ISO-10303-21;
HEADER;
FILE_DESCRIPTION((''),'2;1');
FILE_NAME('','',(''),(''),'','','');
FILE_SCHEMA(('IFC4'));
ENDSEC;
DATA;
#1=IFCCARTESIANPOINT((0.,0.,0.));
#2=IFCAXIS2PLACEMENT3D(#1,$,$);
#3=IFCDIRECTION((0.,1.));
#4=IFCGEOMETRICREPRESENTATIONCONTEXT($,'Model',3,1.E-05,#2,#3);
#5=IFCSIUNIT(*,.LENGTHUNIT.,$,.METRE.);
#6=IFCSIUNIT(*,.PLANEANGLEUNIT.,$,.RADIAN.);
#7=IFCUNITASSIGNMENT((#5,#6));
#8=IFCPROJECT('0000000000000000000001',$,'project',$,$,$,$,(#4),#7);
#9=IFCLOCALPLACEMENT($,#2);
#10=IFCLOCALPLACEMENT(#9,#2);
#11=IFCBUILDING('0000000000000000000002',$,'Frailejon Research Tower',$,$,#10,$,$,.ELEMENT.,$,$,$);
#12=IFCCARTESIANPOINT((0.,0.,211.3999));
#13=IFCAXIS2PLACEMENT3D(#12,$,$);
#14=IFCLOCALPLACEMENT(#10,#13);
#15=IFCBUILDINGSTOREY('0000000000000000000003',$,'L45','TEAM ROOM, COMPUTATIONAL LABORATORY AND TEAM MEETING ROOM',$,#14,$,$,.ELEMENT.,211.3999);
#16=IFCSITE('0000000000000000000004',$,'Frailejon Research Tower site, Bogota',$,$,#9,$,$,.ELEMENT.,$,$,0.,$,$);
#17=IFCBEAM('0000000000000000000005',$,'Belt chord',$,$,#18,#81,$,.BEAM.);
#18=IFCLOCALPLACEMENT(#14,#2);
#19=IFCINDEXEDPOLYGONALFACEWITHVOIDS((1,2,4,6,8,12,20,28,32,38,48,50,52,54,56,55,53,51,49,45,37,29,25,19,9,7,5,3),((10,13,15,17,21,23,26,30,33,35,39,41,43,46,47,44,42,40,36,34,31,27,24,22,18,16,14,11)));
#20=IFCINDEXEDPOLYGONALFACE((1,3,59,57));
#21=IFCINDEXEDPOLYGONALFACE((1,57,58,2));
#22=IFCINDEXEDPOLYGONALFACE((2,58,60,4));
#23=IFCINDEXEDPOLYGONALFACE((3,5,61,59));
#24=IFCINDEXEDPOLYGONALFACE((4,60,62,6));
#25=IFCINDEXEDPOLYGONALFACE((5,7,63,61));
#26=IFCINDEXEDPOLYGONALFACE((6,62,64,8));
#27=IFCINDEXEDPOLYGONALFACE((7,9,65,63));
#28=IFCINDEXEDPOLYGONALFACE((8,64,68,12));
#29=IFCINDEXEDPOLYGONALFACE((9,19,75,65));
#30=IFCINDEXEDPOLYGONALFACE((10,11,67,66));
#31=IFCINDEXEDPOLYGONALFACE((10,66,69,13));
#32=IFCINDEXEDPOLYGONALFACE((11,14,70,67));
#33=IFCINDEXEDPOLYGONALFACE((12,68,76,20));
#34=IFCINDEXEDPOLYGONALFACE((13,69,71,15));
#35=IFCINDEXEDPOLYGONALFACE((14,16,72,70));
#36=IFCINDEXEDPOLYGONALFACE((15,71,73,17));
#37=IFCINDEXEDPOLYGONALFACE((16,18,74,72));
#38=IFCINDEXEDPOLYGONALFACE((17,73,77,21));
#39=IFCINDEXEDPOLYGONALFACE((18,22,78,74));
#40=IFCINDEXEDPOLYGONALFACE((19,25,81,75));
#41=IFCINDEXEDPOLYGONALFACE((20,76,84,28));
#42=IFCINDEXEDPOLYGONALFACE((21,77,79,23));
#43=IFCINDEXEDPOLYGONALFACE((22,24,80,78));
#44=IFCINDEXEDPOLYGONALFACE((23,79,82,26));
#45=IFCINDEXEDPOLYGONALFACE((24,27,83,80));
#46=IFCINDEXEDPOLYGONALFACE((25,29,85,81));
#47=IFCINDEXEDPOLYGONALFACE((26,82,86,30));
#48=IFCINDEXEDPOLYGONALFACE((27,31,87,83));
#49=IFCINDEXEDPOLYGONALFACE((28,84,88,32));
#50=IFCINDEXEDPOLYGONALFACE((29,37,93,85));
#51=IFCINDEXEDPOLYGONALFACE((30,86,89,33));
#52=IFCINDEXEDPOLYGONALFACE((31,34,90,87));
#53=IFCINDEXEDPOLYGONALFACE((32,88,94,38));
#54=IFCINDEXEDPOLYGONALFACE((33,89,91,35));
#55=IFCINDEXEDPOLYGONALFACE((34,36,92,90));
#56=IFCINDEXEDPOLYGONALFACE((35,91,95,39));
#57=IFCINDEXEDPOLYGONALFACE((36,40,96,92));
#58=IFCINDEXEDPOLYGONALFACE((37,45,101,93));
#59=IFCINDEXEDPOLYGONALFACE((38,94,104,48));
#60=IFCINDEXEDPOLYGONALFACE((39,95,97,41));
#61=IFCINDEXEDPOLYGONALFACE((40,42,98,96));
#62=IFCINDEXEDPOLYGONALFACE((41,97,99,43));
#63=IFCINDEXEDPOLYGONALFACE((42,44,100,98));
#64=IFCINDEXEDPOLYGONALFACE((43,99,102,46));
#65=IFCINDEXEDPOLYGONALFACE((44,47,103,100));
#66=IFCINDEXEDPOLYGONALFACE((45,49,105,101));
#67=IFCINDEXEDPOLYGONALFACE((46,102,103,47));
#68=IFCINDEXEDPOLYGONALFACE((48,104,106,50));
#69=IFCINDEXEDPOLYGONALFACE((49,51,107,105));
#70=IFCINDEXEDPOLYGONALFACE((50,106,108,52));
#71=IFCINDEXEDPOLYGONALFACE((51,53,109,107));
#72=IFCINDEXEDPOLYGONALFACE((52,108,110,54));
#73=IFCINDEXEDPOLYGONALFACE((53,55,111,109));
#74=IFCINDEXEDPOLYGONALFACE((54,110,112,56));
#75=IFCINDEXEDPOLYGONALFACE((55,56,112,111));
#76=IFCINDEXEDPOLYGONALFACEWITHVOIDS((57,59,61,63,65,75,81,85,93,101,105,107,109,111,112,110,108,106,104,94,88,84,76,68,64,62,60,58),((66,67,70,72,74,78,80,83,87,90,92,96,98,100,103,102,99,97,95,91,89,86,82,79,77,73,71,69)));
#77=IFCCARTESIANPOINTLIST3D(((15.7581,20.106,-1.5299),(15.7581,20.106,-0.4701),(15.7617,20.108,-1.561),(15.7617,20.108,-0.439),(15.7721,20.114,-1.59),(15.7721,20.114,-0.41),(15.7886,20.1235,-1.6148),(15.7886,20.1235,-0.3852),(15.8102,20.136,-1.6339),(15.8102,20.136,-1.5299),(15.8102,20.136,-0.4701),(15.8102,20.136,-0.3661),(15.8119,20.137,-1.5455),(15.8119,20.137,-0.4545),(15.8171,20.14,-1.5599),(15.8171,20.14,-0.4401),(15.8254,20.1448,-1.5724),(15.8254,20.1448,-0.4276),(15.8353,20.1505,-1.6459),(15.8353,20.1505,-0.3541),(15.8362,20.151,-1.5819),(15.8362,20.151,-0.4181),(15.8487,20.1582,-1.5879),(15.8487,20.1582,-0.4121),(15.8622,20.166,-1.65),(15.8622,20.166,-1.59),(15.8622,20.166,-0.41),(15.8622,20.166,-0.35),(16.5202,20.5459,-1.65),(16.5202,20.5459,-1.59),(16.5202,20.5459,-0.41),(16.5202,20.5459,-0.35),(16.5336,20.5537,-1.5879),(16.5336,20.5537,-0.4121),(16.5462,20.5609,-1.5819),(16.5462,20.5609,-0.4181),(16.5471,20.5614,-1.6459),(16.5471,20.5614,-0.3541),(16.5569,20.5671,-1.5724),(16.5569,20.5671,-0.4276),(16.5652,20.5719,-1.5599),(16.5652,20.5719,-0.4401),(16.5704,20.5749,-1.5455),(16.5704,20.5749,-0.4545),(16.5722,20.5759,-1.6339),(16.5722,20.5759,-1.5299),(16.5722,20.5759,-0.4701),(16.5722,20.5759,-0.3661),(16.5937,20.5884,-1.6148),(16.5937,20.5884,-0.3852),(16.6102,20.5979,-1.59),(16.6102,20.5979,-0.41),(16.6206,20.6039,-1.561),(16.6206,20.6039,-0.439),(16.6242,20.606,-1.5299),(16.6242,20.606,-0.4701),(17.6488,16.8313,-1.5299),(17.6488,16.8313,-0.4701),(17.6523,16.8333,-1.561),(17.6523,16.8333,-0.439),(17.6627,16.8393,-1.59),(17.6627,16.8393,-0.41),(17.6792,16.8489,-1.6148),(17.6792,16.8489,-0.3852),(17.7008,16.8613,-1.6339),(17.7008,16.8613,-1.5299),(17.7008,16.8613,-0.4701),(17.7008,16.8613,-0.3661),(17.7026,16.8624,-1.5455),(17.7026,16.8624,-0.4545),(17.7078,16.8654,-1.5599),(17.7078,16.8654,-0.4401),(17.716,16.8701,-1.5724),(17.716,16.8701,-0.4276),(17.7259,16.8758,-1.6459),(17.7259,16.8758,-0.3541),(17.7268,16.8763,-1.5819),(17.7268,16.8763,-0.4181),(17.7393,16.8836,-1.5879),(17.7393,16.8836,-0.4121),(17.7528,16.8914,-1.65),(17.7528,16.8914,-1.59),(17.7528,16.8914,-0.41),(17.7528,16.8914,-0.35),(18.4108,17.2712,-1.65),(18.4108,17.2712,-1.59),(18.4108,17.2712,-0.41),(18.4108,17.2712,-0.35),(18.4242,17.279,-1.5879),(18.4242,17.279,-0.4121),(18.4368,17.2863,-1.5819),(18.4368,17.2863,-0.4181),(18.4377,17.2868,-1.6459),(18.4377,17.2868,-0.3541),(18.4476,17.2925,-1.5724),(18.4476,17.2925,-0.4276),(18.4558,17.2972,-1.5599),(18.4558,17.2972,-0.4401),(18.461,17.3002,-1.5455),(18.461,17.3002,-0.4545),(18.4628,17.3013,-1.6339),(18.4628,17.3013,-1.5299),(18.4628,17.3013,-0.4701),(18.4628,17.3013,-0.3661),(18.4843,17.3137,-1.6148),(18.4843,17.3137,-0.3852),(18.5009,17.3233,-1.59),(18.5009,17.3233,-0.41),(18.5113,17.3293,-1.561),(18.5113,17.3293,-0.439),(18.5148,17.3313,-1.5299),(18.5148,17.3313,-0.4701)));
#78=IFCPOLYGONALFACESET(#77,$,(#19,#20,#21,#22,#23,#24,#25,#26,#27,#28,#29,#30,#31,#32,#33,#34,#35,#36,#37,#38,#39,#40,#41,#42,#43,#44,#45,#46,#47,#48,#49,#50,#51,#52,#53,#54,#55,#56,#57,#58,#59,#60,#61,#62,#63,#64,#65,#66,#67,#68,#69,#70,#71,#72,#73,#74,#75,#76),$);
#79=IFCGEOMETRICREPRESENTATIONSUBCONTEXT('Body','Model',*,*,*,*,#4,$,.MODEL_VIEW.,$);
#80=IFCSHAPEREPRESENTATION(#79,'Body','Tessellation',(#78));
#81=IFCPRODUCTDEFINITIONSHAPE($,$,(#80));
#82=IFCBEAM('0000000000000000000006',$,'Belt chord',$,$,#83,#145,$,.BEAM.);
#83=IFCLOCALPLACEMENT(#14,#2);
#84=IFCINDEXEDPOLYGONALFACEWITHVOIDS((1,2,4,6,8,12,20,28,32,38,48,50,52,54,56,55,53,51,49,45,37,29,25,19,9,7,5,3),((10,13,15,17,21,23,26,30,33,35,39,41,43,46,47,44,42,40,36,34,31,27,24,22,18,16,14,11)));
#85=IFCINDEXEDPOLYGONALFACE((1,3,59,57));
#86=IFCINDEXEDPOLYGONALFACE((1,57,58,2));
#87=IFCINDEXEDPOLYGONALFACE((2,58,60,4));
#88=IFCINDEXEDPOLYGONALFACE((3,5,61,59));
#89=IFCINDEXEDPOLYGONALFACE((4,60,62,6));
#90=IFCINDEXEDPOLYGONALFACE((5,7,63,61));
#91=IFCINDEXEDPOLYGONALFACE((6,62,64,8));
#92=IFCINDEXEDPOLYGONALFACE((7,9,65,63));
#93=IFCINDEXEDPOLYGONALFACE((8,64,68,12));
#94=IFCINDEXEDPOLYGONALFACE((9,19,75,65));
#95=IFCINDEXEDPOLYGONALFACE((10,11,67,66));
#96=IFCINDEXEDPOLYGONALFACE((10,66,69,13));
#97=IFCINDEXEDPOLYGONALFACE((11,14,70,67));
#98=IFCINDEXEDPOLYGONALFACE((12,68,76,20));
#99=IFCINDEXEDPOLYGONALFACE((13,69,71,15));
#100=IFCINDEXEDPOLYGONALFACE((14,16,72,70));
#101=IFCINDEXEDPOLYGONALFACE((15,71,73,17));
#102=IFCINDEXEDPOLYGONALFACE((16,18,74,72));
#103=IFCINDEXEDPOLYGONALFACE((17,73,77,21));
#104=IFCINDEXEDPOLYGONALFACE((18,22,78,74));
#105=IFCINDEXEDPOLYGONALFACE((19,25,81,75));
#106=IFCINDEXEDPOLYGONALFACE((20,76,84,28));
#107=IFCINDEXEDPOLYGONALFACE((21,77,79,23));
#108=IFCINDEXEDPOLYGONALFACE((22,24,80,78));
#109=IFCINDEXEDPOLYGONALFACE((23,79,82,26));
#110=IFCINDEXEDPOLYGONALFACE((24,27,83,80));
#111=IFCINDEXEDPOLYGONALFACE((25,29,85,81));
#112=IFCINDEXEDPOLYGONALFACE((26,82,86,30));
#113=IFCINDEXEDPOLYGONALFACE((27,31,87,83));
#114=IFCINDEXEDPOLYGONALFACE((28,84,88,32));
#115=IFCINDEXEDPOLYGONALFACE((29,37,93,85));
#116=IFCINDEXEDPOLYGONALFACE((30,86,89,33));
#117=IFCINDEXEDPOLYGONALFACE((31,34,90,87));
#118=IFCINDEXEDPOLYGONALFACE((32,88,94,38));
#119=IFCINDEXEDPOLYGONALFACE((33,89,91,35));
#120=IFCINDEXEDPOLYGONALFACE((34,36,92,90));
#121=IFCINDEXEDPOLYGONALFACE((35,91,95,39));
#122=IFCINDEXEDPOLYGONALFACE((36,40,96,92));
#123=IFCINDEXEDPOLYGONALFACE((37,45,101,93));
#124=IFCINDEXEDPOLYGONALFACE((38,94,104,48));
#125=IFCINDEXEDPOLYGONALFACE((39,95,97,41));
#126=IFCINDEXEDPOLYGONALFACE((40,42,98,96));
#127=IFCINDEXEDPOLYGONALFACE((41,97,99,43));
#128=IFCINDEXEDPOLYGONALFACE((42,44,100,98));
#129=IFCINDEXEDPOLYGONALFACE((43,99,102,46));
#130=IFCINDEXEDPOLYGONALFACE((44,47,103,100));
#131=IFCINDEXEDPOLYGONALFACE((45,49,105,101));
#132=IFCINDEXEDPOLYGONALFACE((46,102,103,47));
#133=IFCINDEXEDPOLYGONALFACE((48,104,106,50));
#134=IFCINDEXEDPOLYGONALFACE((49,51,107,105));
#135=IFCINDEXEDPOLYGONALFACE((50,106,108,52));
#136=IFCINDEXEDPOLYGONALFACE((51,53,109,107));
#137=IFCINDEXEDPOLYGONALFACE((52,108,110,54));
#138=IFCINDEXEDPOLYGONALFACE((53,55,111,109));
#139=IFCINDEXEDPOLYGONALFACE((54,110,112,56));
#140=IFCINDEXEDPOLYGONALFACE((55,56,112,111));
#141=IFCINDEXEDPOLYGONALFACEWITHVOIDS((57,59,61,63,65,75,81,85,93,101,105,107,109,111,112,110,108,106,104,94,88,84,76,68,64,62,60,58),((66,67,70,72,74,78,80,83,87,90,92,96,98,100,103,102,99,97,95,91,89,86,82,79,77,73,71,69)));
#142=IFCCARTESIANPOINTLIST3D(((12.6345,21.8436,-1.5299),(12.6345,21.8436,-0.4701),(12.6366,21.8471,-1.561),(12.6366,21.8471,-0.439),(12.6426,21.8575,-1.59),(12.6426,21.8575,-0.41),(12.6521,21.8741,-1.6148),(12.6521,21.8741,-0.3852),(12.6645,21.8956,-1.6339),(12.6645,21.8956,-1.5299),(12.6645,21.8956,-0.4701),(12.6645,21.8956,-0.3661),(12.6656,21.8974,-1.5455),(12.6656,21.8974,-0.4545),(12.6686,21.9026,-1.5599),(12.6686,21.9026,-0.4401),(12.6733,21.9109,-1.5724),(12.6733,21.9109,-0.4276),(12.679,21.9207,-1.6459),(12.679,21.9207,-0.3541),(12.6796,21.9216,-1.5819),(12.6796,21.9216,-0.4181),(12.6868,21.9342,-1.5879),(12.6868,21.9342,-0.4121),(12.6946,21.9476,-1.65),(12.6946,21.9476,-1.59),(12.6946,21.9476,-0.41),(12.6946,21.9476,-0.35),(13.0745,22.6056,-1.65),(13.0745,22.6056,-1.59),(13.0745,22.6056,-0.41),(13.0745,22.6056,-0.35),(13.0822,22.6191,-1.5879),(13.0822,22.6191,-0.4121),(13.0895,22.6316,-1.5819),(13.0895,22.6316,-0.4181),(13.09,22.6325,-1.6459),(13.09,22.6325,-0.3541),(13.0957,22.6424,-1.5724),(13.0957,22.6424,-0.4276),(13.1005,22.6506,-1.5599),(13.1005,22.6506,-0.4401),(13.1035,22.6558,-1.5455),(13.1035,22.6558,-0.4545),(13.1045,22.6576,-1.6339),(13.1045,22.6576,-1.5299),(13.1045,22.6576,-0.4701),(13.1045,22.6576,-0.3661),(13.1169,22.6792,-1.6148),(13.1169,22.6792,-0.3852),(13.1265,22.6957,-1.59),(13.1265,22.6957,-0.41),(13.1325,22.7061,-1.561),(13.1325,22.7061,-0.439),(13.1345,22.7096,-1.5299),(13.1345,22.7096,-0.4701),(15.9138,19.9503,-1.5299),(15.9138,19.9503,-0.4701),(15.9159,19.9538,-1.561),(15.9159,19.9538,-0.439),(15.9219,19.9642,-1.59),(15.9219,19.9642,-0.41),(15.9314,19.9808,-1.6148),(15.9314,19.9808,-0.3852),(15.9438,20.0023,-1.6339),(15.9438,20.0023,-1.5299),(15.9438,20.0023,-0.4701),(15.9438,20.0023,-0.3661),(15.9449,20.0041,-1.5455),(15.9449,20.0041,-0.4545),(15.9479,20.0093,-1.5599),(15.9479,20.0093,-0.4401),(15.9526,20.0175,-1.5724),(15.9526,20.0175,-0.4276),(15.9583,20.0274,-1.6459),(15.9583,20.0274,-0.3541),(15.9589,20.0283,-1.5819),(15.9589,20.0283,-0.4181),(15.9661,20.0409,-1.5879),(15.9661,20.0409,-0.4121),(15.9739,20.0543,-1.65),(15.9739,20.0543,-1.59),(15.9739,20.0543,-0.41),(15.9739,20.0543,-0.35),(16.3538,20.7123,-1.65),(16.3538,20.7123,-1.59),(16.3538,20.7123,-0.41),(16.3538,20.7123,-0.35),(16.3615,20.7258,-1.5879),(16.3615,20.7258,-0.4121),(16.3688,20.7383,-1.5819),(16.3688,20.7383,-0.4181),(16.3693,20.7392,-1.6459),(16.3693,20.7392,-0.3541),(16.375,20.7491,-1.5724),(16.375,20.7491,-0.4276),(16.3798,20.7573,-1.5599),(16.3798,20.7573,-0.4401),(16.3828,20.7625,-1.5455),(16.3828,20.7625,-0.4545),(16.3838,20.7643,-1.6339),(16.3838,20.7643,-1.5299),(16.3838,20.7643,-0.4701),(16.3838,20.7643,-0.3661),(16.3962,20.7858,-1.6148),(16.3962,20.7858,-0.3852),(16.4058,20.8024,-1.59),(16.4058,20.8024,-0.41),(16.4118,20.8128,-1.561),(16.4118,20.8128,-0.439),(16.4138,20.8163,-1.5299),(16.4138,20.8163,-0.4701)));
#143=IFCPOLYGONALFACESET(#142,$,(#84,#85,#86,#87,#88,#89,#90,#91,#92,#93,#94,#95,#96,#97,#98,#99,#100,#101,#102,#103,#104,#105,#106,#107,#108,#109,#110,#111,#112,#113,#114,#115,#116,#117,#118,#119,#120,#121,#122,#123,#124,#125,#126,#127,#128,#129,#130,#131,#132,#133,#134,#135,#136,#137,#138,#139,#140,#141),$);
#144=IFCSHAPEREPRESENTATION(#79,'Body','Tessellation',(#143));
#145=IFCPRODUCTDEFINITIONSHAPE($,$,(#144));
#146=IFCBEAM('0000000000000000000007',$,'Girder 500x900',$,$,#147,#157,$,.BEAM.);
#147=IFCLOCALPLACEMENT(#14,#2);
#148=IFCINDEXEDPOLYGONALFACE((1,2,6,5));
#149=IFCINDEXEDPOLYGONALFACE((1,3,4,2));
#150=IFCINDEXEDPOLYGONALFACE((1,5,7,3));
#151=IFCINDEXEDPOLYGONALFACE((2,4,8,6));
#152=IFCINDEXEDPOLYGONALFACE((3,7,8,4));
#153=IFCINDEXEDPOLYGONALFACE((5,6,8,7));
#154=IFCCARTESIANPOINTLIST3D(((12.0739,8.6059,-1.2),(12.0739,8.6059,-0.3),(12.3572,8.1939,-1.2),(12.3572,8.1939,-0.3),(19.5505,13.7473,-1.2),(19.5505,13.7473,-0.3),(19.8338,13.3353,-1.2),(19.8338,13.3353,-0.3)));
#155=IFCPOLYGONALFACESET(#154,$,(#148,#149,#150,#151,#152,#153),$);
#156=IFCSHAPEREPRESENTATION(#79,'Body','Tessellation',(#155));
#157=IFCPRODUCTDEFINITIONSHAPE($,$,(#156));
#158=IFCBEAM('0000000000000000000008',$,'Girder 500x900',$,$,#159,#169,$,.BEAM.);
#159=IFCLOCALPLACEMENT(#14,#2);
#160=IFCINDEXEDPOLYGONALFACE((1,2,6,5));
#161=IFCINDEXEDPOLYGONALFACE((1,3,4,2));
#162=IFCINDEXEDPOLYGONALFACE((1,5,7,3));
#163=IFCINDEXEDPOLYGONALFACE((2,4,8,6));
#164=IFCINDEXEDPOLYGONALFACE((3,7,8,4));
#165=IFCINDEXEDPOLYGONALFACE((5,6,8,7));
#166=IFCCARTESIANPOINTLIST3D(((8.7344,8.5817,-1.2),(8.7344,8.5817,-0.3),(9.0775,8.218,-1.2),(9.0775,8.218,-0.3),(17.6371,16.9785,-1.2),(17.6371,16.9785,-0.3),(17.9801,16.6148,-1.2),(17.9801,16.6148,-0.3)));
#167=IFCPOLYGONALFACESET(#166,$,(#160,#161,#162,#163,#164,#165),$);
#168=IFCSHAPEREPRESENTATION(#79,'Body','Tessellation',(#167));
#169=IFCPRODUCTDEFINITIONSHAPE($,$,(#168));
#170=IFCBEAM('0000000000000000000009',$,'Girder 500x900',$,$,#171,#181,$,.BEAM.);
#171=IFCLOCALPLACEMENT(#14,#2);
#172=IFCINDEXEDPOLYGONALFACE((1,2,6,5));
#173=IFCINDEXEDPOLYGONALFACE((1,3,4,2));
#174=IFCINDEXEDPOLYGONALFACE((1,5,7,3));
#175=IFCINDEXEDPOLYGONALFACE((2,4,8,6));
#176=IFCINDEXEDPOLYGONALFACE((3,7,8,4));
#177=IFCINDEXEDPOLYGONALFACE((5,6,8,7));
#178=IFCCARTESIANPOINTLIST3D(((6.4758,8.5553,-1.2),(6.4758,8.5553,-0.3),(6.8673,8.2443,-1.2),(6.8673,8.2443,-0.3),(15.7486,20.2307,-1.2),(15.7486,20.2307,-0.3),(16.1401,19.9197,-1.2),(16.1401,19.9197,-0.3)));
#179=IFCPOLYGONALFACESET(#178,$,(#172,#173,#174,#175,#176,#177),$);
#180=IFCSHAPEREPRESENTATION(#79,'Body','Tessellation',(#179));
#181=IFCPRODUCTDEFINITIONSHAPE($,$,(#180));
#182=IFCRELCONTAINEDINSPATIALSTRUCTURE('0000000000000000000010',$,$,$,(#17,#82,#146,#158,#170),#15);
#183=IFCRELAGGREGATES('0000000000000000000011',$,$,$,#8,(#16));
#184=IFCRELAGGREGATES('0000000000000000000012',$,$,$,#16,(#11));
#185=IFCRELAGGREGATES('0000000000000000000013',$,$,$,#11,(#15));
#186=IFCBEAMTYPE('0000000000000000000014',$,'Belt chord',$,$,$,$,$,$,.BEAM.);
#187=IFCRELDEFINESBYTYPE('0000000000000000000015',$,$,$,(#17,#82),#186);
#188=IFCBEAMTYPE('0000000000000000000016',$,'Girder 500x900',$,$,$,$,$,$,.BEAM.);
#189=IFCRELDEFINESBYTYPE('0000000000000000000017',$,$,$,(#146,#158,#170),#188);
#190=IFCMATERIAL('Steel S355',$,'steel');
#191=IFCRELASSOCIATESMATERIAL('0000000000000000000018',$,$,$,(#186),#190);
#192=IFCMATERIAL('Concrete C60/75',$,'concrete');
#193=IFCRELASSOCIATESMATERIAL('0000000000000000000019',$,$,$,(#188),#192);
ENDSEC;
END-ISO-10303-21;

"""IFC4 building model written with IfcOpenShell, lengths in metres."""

from ifc_helpers import new_model, si_unit, direction, frame, origin, origin_2d, place, context, subcontext, project, spatial, rectangle, hollow_rectangle, extrude, material, material_profile, profile_set, type_object, element, save


model = new_model("IFC4")

# Units and contexts
model_context = context("Model", 3, precision=1e-05, world=origin(), true_north=direction((0.0, 1.0)))
body_context = subcontext(model_context, "Body", "Model", "MODEL_VIEW")
ifc_project = project(units=[si_unit("LENGTHUNIT", "METRE"), si_unit("PLANEANGLEUNIT", "RADIAN")], contexts=[model_context])

# Site, building, storey
site_placement = place(None, origin())
site = spatial("IfcSite", under=ifc_project, at=site_placement, Name="Frailejon Research Tower site, Bogota", CompositionType="ELEMENT", RefElevation=0.0)
building_placement = place(site_placement, origin())
building = spatial("IfcBuilding", under=site, at=building_placement, Name="Frailejon Research Tower", CompositionType="ELEMENT")
storey_placement = place(building_placement, frame((0.0, 0.0, 211.3999)))
storey = spatial("IfcBuildingStorey", under=building, at=storey_placement, Name="L45", Description="TEAM ROOM, COMPUTATIONAL LABORATORY AND TEAM MEETING ROOM", CompositionType="ELEMENT", Elevation=211.3999)

# Beams
ifc_material_1 = material(Name="Steel S355", Category="steel")
ifc_material_profile_1 = material_profile(ifc_material_1, hollow_rectangle(XDim=1.0, YDim=1.3, WallThickness=0.0601, InnerFilletRadius=0.0601, OuterFilletRadius=0.1201, at=origin_2d()), Name="Belt chord")
ifc_profile_set_1 = profile_set([ifc_material_profile_1], Name="Steel S355")
beam_type_1 = type_object("IfcBeamType", Name="Belt chord", PredefinedType="BEAM", material=ifc_profile_set_1)
for number, where, z_axis, x_axis, name in (
    (1, (18.0818, 17.0813, -1.0), (-0.5, 0.866025, 0.0), (-0.866025, -0.5, 0.0), "Belt chord"),
):
    element("IfcBeam", number, at=place(storey_placement, frame(where, z_axis=z_axis, x_axis=x_axis)), inside=storey, type_object=beam_type_1, Name=name, PredefinedType="BEAM", context=body_context, shape_type="SweptSolid", body=[
        extrude(hollow_rectangle(XDim=1.0, YDim=1.3, WallThickness=0.0601, InnerFilletRadius=0.0601, OuterFilletRadius=0.1201, at=origin_2d()), origin(), (0.0, 0.0, 1.0), 3.7812),
    ])
beam_1_placement = place(storey_placement, frame((16.1638, 20.3833, -1.0), z_axis=(-0.866025, 0.500002, 0.0), x_axis=(-0.500002, -0.866025, 0.0)))
element("IfcBeam", 2, at=beam_1_placement, inside=storey, type_object=beam_type_1, Name="Belt chord", PredefinedType="BEAM", context=body_context, shape_type="SweptSolid", body=[
    extrude(hollow_rectangle(XDim=1.0, YDim=1.3, WallThickness=0.0601, InnerFilletRadius=0.0601, OuterFilletRadius=0.1201, at=origin_2d()), origin(), (0.0, 0.0, 1.0), 3.7866),
])
ifc_material_2 = material(Name="Concrete C60/75", Category="concrete")
ifc_material_profile_2 = material_profile(ifc_material_2, rectangle(XDim=0.5, YDim=0.8999, at=origin_2d()), Name="Girder 500x900")
ifc_profile_set_2 = profile_set([ifc_material_profile_2], Name="Concrete C60/75")
beam_type_2 = type_object("IfcBeamType", Name="Girder 500x900", PredefinedType="BEAM", material=ifc_profile_set_2)
beam_2_placement = place(storey_placement, frame((19.6921, 13.5413, -0.75), z_axis=(-0.823979, -0.56662, 0.0), x_axis=(0.56662, -0.823979, 0.0)))
element("IfcBeam", 3, at=beam_2_placement, inside=storey, type_object=beam_type_2, Name="Girder 500x900", PredefinedType="BEAM", context=body_context, shape_type="SweptSolid", body=[
    extrude(rectangle(XDim=0.5, YDim=0.8999, at=origin_2d()), origin(), (0.0, 0.0, 1.0), 9.0737),
])
beam_3_placement = place(storey_placement, frame((17.8086, 16.7966, -0.75), z_axis=(-0.727473, -0.686137, 0.0), x_axis=(0.686137, -0.727473, 0.0)))
element("IfcBeam", 4, at=beam_3_placement, inside=storey, type_object=beam_type_2, Name="Girder 500x900", PredefinedType="BEAM", context=body_context, shape_type="SweptSolid", body=[
    extrude(rectangle(XDim=0.5, YDim=0.8999, at=origin_2d()), origin(), (0.0, 0.0, 1.0), 12.2378),
])
beam_4_placement = place(storey_placement, frame((15.9443, 20.0752, -0.75), z_axis=(-0.621929, -0.783073, 0.0), x_axis=(0.783073, -0.621929, 0.0)))
element("IfcBeam", 5, at=beam_4_placement, inside=storey, type_object=beam_type_2, Name="Girder 500x900", PredefinedType="BEAM", context=body_context, shape_type="SweptSolid", body=[
    extrude(rectangle(XDim=0.5, YDim=0.8999, at=origin_2d()), origin(), (0.0, 0.0, 1.0), 14.9097),
])

save(model, "model.ifc")
